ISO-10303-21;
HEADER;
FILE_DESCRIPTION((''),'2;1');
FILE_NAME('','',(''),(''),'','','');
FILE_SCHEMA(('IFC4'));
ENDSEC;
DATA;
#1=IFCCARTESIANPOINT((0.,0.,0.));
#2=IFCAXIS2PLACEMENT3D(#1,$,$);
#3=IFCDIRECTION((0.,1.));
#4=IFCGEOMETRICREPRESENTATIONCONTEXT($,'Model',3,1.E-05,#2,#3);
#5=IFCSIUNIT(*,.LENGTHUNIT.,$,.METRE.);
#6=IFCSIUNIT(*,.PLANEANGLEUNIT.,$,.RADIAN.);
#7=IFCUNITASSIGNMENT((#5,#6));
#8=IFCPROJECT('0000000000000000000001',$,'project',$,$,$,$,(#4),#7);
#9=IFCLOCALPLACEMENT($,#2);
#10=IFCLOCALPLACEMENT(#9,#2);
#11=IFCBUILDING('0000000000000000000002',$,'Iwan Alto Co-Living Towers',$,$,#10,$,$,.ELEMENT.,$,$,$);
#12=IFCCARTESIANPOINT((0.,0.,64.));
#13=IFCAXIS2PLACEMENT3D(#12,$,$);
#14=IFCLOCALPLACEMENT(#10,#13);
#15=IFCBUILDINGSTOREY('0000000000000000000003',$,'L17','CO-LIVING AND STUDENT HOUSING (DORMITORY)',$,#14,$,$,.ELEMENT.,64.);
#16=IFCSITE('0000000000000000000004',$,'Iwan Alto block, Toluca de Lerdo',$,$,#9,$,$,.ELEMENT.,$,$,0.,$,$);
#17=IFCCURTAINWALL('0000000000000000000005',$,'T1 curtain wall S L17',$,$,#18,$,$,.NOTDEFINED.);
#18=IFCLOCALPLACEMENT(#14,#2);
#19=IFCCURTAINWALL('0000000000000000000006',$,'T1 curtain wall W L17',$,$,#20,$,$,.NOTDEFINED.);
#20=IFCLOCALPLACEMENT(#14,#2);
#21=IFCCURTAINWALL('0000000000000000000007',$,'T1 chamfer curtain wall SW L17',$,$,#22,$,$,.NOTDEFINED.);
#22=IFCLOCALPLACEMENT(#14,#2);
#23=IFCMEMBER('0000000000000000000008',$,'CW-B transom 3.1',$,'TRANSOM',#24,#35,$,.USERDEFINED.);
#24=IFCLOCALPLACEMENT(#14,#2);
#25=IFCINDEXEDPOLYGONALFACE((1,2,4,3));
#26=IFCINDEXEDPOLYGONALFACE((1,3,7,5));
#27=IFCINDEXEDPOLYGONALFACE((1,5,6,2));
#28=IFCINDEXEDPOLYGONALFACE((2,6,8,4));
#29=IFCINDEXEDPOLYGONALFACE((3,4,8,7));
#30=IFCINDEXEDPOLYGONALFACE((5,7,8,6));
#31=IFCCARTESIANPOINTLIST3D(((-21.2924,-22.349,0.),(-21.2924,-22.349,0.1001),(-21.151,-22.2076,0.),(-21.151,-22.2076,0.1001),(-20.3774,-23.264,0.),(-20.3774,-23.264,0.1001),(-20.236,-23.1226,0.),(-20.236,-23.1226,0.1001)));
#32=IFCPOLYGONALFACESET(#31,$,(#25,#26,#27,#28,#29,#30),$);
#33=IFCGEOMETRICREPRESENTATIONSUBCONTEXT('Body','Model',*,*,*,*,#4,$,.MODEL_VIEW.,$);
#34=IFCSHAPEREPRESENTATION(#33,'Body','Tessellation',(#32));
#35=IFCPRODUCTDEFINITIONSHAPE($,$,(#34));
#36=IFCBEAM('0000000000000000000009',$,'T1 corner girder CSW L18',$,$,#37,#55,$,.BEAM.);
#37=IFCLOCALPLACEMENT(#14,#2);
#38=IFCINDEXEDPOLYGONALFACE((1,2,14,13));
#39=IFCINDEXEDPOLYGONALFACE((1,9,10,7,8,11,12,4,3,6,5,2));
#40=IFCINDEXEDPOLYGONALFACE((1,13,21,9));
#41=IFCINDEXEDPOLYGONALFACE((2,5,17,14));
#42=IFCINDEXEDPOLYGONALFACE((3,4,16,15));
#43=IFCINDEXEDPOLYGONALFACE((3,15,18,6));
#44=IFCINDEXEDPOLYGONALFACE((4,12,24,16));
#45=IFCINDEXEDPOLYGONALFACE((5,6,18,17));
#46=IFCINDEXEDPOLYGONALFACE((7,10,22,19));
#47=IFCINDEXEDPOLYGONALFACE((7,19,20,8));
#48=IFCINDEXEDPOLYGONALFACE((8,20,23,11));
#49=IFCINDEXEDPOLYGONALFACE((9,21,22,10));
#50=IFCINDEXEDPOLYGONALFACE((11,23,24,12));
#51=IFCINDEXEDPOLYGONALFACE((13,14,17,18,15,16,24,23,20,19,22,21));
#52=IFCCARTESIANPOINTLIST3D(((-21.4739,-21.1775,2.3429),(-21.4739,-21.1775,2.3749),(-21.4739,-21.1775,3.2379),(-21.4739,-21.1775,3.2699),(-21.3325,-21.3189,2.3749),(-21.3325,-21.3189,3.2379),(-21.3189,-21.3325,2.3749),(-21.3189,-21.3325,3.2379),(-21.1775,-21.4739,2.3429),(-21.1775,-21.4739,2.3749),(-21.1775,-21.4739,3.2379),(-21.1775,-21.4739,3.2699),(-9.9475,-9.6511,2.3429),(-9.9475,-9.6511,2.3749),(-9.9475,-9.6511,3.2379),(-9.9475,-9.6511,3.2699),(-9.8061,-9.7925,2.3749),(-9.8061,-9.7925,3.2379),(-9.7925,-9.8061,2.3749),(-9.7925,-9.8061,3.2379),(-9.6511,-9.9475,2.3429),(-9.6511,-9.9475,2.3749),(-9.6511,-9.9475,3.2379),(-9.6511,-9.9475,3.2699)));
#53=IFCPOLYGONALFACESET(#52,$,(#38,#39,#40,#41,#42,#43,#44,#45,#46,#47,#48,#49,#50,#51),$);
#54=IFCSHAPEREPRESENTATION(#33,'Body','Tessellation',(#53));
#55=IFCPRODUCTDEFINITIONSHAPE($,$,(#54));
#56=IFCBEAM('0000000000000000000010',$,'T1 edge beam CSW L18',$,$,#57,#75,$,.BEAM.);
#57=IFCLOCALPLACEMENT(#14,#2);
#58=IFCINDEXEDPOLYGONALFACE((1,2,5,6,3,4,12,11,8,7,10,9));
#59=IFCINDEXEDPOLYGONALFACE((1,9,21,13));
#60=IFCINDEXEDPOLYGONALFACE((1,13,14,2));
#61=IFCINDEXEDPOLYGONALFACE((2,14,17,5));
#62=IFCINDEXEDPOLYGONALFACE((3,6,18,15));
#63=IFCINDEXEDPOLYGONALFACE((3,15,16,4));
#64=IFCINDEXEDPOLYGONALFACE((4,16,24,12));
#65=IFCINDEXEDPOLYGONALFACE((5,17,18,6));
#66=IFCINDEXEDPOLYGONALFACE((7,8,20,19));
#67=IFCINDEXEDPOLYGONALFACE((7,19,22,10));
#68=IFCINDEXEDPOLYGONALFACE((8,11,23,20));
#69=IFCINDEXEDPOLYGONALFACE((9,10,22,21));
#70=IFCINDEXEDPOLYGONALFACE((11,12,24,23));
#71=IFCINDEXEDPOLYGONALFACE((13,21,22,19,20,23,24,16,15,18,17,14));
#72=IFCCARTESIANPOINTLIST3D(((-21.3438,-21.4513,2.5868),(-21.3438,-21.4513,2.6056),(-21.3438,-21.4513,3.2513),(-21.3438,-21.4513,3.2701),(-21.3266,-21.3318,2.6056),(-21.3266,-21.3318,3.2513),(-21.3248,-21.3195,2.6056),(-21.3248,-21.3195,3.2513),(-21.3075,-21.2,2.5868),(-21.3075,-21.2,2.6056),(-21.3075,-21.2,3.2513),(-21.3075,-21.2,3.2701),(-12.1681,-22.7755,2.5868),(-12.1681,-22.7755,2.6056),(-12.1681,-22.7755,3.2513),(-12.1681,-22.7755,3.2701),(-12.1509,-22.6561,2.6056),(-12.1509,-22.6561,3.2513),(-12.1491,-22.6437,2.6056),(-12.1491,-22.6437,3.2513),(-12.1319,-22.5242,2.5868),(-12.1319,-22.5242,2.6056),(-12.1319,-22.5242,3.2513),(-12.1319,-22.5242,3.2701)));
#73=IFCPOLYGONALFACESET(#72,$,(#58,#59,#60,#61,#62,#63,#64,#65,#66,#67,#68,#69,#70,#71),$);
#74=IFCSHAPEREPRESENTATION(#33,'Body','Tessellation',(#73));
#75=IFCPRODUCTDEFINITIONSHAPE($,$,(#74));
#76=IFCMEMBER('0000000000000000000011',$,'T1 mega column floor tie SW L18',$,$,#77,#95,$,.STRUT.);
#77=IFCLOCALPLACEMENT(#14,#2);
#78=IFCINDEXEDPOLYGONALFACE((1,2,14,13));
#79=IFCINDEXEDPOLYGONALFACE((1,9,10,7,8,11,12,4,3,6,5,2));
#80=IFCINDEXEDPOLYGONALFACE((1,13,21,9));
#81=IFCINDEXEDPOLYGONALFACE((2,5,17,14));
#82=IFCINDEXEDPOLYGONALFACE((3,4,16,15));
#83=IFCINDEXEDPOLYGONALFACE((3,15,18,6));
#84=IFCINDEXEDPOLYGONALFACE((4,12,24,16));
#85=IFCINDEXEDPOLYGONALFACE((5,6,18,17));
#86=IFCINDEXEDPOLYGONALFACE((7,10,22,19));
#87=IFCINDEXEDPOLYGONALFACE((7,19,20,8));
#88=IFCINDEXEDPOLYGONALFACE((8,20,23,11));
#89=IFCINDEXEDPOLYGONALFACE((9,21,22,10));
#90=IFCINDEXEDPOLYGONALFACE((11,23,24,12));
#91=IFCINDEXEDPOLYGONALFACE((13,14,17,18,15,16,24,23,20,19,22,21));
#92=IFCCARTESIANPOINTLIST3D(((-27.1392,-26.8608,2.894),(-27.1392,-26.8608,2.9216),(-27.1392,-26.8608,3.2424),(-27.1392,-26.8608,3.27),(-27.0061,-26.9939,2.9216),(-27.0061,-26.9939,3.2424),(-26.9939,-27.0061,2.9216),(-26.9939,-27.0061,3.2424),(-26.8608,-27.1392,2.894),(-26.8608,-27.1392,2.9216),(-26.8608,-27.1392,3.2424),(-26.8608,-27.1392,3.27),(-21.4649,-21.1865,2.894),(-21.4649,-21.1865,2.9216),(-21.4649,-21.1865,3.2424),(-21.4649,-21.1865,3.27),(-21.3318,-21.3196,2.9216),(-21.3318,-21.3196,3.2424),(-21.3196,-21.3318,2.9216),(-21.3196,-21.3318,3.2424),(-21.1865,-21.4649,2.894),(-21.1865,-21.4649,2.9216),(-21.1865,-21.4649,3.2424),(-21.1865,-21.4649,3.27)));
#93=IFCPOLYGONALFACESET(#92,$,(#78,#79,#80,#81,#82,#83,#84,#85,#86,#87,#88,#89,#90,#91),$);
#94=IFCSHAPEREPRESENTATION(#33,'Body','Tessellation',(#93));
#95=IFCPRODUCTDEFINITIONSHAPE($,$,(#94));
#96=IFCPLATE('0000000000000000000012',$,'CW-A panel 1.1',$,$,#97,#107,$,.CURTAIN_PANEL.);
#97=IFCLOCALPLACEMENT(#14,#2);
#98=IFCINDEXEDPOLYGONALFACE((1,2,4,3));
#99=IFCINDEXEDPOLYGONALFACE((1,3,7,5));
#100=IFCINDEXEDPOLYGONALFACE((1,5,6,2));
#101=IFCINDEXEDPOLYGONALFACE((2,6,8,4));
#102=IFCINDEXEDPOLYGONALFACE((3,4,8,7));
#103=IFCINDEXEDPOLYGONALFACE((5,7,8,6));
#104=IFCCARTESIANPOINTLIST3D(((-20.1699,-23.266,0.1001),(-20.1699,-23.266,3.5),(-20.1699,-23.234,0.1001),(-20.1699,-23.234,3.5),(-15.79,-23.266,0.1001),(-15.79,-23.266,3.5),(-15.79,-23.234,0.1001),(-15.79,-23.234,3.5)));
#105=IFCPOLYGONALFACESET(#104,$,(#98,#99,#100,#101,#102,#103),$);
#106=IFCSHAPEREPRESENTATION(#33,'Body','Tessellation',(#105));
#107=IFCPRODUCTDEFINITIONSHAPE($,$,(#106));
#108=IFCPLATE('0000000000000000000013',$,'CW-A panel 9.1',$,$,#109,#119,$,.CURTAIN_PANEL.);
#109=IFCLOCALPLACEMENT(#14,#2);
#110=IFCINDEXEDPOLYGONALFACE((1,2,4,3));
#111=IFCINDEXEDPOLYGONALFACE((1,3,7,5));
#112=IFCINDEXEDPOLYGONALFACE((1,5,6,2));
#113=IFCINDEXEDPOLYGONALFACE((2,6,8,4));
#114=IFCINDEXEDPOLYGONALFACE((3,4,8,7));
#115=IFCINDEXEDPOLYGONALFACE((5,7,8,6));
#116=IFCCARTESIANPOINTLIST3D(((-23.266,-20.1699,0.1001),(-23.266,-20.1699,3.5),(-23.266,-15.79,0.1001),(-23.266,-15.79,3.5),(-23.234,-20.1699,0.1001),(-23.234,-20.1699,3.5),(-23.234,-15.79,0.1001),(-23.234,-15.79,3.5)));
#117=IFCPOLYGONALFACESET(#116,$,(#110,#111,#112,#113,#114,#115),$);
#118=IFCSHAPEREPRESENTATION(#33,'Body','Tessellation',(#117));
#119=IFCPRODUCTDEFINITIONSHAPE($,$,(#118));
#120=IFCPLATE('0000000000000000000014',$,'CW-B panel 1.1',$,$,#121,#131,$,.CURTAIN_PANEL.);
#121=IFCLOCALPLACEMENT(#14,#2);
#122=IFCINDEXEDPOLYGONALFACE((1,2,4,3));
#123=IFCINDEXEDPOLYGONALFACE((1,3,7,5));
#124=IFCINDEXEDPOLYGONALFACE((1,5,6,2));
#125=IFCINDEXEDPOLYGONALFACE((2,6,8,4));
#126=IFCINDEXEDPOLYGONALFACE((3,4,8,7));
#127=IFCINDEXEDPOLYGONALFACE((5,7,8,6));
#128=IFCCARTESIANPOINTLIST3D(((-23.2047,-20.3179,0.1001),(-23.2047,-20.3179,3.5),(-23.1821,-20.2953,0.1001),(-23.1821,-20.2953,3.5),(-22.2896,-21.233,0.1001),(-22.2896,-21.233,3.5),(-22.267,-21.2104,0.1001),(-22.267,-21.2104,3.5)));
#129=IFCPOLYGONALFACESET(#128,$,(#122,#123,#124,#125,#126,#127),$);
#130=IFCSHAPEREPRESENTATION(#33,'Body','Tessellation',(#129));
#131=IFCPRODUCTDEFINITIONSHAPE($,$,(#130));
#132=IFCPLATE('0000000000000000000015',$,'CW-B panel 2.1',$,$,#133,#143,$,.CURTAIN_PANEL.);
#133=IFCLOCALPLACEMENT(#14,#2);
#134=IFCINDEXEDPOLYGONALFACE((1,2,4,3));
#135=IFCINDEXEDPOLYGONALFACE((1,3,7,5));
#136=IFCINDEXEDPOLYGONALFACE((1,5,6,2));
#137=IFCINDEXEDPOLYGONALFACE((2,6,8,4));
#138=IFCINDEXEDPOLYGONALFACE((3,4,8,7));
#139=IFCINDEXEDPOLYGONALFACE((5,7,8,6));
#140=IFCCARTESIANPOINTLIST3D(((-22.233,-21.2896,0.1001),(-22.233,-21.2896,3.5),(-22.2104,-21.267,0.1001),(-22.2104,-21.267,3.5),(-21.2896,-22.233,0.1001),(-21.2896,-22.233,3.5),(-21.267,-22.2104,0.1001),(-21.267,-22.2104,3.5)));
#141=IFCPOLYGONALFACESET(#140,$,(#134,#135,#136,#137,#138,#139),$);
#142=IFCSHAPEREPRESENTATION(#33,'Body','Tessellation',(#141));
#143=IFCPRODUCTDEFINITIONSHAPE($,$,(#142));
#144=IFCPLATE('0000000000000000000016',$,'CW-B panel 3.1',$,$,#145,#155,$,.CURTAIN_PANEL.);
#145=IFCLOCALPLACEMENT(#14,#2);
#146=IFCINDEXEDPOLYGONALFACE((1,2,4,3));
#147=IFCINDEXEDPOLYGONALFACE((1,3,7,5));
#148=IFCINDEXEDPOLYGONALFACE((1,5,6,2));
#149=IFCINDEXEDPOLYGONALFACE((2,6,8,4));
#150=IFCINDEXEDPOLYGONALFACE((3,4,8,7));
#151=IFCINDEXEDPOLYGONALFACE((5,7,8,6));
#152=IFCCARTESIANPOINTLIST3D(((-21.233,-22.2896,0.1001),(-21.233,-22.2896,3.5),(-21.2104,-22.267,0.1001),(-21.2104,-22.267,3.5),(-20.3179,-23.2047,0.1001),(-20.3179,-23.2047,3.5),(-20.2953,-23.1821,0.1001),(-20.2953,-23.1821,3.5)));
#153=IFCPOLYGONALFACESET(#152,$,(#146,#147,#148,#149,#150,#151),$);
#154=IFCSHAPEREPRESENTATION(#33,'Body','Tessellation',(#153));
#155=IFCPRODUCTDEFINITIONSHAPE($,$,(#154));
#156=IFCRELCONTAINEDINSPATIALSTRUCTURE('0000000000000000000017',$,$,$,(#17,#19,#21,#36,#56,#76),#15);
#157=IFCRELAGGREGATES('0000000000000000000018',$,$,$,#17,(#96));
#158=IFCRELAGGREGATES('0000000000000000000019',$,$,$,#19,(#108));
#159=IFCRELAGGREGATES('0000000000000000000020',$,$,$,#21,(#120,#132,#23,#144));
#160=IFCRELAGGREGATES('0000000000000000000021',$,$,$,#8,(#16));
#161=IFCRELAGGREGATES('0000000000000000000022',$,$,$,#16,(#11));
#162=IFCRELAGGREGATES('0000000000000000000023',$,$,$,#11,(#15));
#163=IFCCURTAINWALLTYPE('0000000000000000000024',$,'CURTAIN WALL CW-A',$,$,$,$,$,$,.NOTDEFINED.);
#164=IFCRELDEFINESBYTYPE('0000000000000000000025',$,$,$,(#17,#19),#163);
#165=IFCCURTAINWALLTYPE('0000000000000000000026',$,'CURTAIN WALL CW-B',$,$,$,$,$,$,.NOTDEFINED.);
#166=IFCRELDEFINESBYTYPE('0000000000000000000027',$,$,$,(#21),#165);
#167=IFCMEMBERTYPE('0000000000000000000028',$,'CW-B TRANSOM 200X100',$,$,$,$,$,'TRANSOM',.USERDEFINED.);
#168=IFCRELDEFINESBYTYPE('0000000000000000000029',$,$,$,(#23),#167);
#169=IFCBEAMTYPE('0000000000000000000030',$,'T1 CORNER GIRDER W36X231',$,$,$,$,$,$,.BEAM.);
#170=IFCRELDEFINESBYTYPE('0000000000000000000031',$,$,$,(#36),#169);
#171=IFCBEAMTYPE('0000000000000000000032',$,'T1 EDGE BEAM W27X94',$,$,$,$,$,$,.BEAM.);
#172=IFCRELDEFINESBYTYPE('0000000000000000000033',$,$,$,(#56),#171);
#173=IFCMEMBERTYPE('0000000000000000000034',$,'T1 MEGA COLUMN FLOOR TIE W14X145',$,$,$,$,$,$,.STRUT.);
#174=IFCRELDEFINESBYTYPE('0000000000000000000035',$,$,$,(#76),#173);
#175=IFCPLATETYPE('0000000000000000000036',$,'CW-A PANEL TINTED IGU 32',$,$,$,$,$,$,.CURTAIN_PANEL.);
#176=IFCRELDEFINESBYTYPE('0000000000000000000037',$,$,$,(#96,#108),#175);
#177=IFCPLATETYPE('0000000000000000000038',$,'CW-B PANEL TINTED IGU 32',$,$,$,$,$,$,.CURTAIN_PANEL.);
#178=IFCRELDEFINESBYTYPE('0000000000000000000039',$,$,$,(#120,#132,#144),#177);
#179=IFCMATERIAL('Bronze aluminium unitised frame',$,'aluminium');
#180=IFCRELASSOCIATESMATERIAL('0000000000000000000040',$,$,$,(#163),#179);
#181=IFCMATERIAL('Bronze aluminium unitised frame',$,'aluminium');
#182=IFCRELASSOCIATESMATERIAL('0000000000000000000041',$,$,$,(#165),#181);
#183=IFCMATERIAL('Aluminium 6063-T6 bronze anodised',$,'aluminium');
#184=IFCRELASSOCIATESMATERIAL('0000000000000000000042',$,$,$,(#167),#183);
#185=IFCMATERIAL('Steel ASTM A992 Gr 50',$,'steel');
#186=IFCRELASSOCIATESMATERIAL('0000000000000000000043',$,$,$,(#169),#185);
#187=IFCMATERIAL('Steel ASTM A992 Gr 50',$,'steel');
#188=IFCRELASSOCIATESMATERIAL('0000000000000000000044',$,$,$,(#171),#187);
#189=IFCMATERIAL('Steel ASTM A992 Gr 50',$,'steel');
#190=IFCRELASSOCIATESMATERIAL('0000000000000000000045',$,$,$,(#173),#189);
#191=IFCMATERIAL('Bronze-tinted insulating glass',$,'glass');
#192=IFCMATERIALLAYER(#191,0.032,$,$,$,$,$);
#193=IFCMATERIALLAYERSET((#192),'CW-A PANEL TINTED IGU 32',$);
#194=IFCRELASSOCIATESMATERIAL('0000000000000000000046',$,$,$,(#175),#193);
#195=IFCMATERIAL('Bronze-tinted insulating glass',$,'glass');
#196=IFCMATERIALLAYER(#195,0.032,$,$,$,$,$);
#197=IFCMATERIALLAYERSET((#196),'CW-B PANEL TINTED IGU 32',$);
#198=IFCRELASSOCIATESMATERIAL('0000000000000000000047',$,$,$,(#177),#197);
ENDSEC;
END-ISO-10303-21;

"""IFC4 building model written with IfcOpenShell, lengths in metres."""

from ifc_helpers import new_model, si_unit, direction, frame, origin, origin_2d, place, context, subcontext, project, spatial, rectangle, i_section, extrude, material, layer, layer_set, material_profile, profile_set, type_object, element, aggregate, save


model = new_model("IFC4")

# Units and contexts
model_context = context("Model", 3, precision=1e-05, world=origin(), true_north=direction((0.0, 1.0)))
body_context = subcontext(model_context, "Body", "Model", "MODEL_VIEW")
ifc_project = project(units=[si_unit("LENGTHUNIT", "METRE"), si_unit("PLANEANGLEUNIT", "RADIAN")], contexts=[model_context])

# Site, building, storey
site_placement = place(None, origin())
site = spatial("IfcSite", under=ifc_project, at=site_placement, Name="Iwan Alto block, Toluca de Lerdo", CompositionType="ELEMENT", RefElevation=0.0)
building_placement = place(site_placement, origin())
building = spatial("IfcBuilding", under=site, at=building_placement, Name="Iwan Alto Co-Living Towers", CompositionType="ELEMENT")
storey_placement = place(building_placement, frame((0.0, 0.0, 64.0)))
storey = spatial("IfcBuildingStorey", under=building, at=storey_placement, Name="L17", Description="CO-LIVING AND STUDENT HOUSING (DORMITORY)", CompositionType="ELEMENT", Elevation=64.0)

# Curtain wall
ifc_material_1 = material(Name="Bronze aluminium unitised frame", Category="aluminium")
curtain_wall_type_1 = type_object("IfcCurtainWallType", Name="CURTAIN WALL CW-A", PredefinedType="NOTDEFINED", material=ifc_material_1)
curtain_wall_1_placement = place(storey_placement, origin())
curtain_wall_1 = element("IfcCurtainWall", 1, at=curtain_wall_1_placement, inside=storey, type_object=curtain_wall_type_1, Name="T1 curtain wall S L17", PredefinedType="NOTDEFINED")

# Curtain wall
curtain_wall_2_placement = place(storey_placement, origin())
curtain_wall_2 = element("IfcCurtainWall", 2, at=curtain_wall_2_placement, inside=storey, type_object=curtain_wall_type_1, Name="T1 curtain wall W L17", PredefinedType="NOTDEFINED")

# Curtain wall, member
ifc_material_2 = material(Name="Bronze aluminium unitised frame", Category="aluminium")
curtain_wall_type_2 = type_object("IfcCurtainWallType", Name="CURTAIN WALL CW-B", PredefinedType="NOTDEFINED", material=ifc_material_2)
curtain_wall_3_placement = place(storey_placement, origin())
curtain_wall_3 = element("IfcCurtainWall", 3, at=curtain_wall_3_placement, inside=storey, type_object=curtain_wall_type_2, Name="T1 chamfer curtain wall SW L17", PredefinedType="NOTDEFINED")
ifc_material_3 = material(Name="Aluminium 6063-T6 bronze anodised", Category="aluminium")
ifc_material_profile_1 = material_profile(ifc_material_3, rectangle(XDim=0.2, YDim=0.1001, at=origin_2d()), Name="AL 200X100")
ifc_profile_set_1 = profile_set([ifc_material_profile_1], Name="Aluminium 6063-T6 bronze anodised")
member_type_1 = type_object("IfcMemberType", Name="CW-B TRANSOM 200X100", ElementType="TRANSOM", PredefinedType="USERDEFINED", material=ifc_profile_set_1)
member_1_placement = place(storey_placement, frame((-21.2217, -22.2783, 0.05), z_axis=(0.707107, -0.707107, 0.0), x_axis=(0.707107, 0.707107, 0.0)))
member_1 = element("IfcMember", 4, at=member_1_placement, type_object=member_type_1, Name="CW-B transom 3.1", ObjectType="TRANSOM", PredefinedType="USERDEFINED", context=body_context, shape_type="SweptSolid", body=[
    extrude(rectangle(XDim=0.2, YDim=0.1001, at=origin_2d()), origin(), (0.0, 0.0, 1.0), 1.2939),
])

# Beams
ifc_material_4 = material(Name="Steel ASTM A992 Gr 50", Category="steel")
ifc_material_profile_2 = material_profile(ifc_material_4, i_section(OverallWidth=0.4192, OverallDepth=0.927, WebThickness=0.0193, FlangeThickness=0.032, at=origin_2d()), Name="W36X231")
ifc_profile_set_2 = profile_set([ifc_material_profile_2], Name="Steel ASTM A992 Gr 50")
beam_type_1 = type_object("IfcBeamType", Name="T1 CORNER GIRDER W36X231", PredefinedType="BEAM", material=ifc_profile_set_2)
beam_1_placement = place(storey_placement, frame((-21.3257, -21.3257, 2.8064), z_axis=(0.707107, 0.707107, 0.0), x_axis=(-0.707107, 0.707107, 0.0)))
element("IfcBeam", 5, at=beam_1_placement, inside=storey, type_object=beam_type_1, Name="T1 corner girder CSW L18", PredefinedType="BEAM", context=body_context, shape_type="SweptSolid", body=[
    extrude(i_section(OverallWidth=0.4192, OverallDepth=0.927, WebThickness=0.0193, FlangeThickness=0.032, at=origin_2d()), origin(), (0.0, 0.0, 1.0), 16.3008),
])
ifc_material_5 = material(Name="Steel ASTM A992 Gr 50", Category="steel")
ifc_material_profile_3 = material_profile(ifc_material_5, i_section(OverallWidth=0.2539, OverallDepth=0.6833, WebThickness=0.0125, FlangeThickness=0.0188, at=origin_2d()), Name="W27X94")
ifc_profile_set_3 = profile_set([ifc_material_profile_3], Name="Steel ASTM A992 Gr 50")
beam_type_2 = type_object("IfcBeamType", Name="T1 EDGE BEAM W27X94", PredefinedType="BEAM", material=ifc_profile_set_3)
beam_2_placement = place(storey_placement, frame((-21.3257, -21.3257, 2.9285), z_axis=(0.989746, -0.142837, 0.0), x_axis=(0.142837, 0.989746, 0.0)))
element("IfcBeam", 6, at=beam_2_placement, inside=storey, type_object=beam_type_2, Name="T1 edge beam CSW L18", PredefinedType="BEAM", context=body_context, shape_type="SweptSolid", body=[
    extrude(i_section(OverallWidth=0.2539, OverallDepth=0.6833, WebThickness=0.0125, FlangeThickness=0.0188, at=origin_2d()), origin(), (0.0, 0.0, 1.0), 9.2708),
])

# Member
ifc_material_6 = material(Name="Steel ASTM A992 Gr 50", Category="steel")
ifc_material_profile_4 = material_profile(ifc_material_6, i_section(OverallWidth=0.3938, OverallDepth=0.376, WebThickness=0.0173, FlangeThickness=0.0276, at=origin_2d()), Name="W14X145")
ifc_profile_set_4 = profile_set([ifc_material_profile_4], Name="Steel ASTM A992 Gr 50")
member_type_2 = type_object("IfcMemberType", Name="T1 MEGA COLUMN FLOOR TIE W14X145", PredefinedType="STRUT", material=ifc_profile_set_4)
member_2_placement = place(storey_placement, frame((-27.0, -27.0, 3.082), z_axis=(0.707107, 0.707107, 0.0), x_axis=(-0.707107, 0.707107, 0.0)))
element("IfcMember", 7, at=member_2_placement, inside=storey, type_object=member_type_2, Name="T1 mega column floor tie SW L18", PredefinedType="STRUT", context=body_context, shape_type="SweptSolid", body=[
    extrude(i_section(OverallWidth=0.3938, OverallDepth=0.376, WebThickness=0.0173, FlangeThickness=0.0276, at=origin_2d()), origin(), (0.0, 0.0, 1.0), 8.0247),
])

# Plates
ifc_material_7 = material(Name="Bronze-tinted insulating glass", Category="glass")
ifc_layer_1 = layer(ifc_material_7, 0.032)
ifc_layer_set_1 = layer_set([ifc_layer_1], Name="CW-A PANEL TINTED IGU 32")
plate_type_1 = type_object("IfcPlateType", Name="CW-A PANEL TINTED IGU 32", PredefinedType="CURTAIN_PANEL", material=ifc_layer_set_1)
plate_1_placement = place(storey_placement, frame((-17.98, -23.25, 0.1001), z_axis=(0.0, 0.0, 1.0), x_axis=(1.0, 0.0, 0.0)))
plate_1 = element("IfcPlate", 8, at=plate_1_placement, type_object=plate_type_1, Name="CW-A panel 1.1", PredefinedType="CURTAIN_PANEL", context=body_context, shape_type="SweptSolid", body=[
    extrude(rectangle(XDim=4.3799, YDim=0.032, at=origin_2d()), origin(), (0.0, 0.0, 1.0), 3.3999),
])
aggregate(curtain_wall_1, [plate_1])
plate_2_placement = place(storey_placement, frame((-23.25, -17.98, 0.1001), z_axis=(0.0, 0.0, 1.0), x_axis=(0.0, -1.0, 0.0)))
plate_2 = element("IfcPlate", 9, at=plate_2_placement, type_object=plate_type_1, Name="CW-A panel 9.1", PredefinedType="CURTAIN_PANEL", context=body_context, shape_type="SweptSolid", body=[
    extrude(rectangle(XDim=4.3799, YDim=0.032, at=origin_2d()), origin(), (0.0, 0.0, 1.0), 3.3999),
])
aggregate(curtain_wall_2, [plate_2])
ifc_material_8 = material(Name="Bronze-tinted insulating glass", Category="glass")
ifc_layer_2 = layer(ifc_material_8, 0.032)
ifc_layer_set_2 = layer_set([ifc_layer_2], Name="CW-B PANEL TINTED IGU 32")
plate_type_2 = type_object("IfcPlateType", Name="CW-B PANEL TINTED IGU 32", PredefinedType="CURTAIN_PANEL", material=ifc_layer_set_2)
plate_3_placement = place(storey_placement, frame((-22.7358, -20.7642, 0.1001), z_axis=(0.0, 0.0, 1.0), x_axis=(0.707107, -0.707107, 0.0)))
plate_3 = element("IfcPlate", 10, at=plate_3_placement, type_object=plate_type_2, Name="CW-B panel 1.1", PredefinedType="CURTAIN_PANEL", context=body_context, shape_type="SweptSolid", body=[
    extrude(rectangle(XDim=1.2942, YDim=0.032, at=origin_2d()), origin(), (0.0, 0.0, 1.0), 3.3999),
])
plate_4_placement = place(storey_placement, frame((-21.75, -21.75, 0.1001), z_axis=(0.0, 0.0, 1.0), x_axis=(0.707107, -0.707107, 0.0)))
plate_4 = element("IfcPlate", 11, at=plate_4_placement, type_object=plate_type_2, Name="CW-B panel 2.1", PredefinedType="CURTAIN_PANEL", context=body_context, shape_type="SweptSolid", body=[
    extrude(rectangle(XDim=1.3342, YDim=0.032, at=origin_2d()), origin(), (0.0, 0.0, 1.0), 3.3999),
])
plate_5_placement = place(storey_placement, frame((-20.7642, -22.7358, 0.1001), z_axis=(0.0, 0.0, 1.0), x_axis=(0.707107, -0.707107, 0.0)))
plate_5 = element("IfcPlate", 12, at=plate_5_placement, type_object=plate_type_2, Name="CW-B panel 3.1", PredefinedType="CURTAIN_PANEL", context=body_context, shape_type="SweptSolid", body=[
    extrude(rectangle(XDim=1.2942, YDim=0.032, at=origin_2d()), origin(), (0.0, 0.0, 1.0), 3.3999),
])
aggregate(curtain_wall_3, [plate_3, plate_4, member_1, plate_5])

save(model, "model.ifc")
